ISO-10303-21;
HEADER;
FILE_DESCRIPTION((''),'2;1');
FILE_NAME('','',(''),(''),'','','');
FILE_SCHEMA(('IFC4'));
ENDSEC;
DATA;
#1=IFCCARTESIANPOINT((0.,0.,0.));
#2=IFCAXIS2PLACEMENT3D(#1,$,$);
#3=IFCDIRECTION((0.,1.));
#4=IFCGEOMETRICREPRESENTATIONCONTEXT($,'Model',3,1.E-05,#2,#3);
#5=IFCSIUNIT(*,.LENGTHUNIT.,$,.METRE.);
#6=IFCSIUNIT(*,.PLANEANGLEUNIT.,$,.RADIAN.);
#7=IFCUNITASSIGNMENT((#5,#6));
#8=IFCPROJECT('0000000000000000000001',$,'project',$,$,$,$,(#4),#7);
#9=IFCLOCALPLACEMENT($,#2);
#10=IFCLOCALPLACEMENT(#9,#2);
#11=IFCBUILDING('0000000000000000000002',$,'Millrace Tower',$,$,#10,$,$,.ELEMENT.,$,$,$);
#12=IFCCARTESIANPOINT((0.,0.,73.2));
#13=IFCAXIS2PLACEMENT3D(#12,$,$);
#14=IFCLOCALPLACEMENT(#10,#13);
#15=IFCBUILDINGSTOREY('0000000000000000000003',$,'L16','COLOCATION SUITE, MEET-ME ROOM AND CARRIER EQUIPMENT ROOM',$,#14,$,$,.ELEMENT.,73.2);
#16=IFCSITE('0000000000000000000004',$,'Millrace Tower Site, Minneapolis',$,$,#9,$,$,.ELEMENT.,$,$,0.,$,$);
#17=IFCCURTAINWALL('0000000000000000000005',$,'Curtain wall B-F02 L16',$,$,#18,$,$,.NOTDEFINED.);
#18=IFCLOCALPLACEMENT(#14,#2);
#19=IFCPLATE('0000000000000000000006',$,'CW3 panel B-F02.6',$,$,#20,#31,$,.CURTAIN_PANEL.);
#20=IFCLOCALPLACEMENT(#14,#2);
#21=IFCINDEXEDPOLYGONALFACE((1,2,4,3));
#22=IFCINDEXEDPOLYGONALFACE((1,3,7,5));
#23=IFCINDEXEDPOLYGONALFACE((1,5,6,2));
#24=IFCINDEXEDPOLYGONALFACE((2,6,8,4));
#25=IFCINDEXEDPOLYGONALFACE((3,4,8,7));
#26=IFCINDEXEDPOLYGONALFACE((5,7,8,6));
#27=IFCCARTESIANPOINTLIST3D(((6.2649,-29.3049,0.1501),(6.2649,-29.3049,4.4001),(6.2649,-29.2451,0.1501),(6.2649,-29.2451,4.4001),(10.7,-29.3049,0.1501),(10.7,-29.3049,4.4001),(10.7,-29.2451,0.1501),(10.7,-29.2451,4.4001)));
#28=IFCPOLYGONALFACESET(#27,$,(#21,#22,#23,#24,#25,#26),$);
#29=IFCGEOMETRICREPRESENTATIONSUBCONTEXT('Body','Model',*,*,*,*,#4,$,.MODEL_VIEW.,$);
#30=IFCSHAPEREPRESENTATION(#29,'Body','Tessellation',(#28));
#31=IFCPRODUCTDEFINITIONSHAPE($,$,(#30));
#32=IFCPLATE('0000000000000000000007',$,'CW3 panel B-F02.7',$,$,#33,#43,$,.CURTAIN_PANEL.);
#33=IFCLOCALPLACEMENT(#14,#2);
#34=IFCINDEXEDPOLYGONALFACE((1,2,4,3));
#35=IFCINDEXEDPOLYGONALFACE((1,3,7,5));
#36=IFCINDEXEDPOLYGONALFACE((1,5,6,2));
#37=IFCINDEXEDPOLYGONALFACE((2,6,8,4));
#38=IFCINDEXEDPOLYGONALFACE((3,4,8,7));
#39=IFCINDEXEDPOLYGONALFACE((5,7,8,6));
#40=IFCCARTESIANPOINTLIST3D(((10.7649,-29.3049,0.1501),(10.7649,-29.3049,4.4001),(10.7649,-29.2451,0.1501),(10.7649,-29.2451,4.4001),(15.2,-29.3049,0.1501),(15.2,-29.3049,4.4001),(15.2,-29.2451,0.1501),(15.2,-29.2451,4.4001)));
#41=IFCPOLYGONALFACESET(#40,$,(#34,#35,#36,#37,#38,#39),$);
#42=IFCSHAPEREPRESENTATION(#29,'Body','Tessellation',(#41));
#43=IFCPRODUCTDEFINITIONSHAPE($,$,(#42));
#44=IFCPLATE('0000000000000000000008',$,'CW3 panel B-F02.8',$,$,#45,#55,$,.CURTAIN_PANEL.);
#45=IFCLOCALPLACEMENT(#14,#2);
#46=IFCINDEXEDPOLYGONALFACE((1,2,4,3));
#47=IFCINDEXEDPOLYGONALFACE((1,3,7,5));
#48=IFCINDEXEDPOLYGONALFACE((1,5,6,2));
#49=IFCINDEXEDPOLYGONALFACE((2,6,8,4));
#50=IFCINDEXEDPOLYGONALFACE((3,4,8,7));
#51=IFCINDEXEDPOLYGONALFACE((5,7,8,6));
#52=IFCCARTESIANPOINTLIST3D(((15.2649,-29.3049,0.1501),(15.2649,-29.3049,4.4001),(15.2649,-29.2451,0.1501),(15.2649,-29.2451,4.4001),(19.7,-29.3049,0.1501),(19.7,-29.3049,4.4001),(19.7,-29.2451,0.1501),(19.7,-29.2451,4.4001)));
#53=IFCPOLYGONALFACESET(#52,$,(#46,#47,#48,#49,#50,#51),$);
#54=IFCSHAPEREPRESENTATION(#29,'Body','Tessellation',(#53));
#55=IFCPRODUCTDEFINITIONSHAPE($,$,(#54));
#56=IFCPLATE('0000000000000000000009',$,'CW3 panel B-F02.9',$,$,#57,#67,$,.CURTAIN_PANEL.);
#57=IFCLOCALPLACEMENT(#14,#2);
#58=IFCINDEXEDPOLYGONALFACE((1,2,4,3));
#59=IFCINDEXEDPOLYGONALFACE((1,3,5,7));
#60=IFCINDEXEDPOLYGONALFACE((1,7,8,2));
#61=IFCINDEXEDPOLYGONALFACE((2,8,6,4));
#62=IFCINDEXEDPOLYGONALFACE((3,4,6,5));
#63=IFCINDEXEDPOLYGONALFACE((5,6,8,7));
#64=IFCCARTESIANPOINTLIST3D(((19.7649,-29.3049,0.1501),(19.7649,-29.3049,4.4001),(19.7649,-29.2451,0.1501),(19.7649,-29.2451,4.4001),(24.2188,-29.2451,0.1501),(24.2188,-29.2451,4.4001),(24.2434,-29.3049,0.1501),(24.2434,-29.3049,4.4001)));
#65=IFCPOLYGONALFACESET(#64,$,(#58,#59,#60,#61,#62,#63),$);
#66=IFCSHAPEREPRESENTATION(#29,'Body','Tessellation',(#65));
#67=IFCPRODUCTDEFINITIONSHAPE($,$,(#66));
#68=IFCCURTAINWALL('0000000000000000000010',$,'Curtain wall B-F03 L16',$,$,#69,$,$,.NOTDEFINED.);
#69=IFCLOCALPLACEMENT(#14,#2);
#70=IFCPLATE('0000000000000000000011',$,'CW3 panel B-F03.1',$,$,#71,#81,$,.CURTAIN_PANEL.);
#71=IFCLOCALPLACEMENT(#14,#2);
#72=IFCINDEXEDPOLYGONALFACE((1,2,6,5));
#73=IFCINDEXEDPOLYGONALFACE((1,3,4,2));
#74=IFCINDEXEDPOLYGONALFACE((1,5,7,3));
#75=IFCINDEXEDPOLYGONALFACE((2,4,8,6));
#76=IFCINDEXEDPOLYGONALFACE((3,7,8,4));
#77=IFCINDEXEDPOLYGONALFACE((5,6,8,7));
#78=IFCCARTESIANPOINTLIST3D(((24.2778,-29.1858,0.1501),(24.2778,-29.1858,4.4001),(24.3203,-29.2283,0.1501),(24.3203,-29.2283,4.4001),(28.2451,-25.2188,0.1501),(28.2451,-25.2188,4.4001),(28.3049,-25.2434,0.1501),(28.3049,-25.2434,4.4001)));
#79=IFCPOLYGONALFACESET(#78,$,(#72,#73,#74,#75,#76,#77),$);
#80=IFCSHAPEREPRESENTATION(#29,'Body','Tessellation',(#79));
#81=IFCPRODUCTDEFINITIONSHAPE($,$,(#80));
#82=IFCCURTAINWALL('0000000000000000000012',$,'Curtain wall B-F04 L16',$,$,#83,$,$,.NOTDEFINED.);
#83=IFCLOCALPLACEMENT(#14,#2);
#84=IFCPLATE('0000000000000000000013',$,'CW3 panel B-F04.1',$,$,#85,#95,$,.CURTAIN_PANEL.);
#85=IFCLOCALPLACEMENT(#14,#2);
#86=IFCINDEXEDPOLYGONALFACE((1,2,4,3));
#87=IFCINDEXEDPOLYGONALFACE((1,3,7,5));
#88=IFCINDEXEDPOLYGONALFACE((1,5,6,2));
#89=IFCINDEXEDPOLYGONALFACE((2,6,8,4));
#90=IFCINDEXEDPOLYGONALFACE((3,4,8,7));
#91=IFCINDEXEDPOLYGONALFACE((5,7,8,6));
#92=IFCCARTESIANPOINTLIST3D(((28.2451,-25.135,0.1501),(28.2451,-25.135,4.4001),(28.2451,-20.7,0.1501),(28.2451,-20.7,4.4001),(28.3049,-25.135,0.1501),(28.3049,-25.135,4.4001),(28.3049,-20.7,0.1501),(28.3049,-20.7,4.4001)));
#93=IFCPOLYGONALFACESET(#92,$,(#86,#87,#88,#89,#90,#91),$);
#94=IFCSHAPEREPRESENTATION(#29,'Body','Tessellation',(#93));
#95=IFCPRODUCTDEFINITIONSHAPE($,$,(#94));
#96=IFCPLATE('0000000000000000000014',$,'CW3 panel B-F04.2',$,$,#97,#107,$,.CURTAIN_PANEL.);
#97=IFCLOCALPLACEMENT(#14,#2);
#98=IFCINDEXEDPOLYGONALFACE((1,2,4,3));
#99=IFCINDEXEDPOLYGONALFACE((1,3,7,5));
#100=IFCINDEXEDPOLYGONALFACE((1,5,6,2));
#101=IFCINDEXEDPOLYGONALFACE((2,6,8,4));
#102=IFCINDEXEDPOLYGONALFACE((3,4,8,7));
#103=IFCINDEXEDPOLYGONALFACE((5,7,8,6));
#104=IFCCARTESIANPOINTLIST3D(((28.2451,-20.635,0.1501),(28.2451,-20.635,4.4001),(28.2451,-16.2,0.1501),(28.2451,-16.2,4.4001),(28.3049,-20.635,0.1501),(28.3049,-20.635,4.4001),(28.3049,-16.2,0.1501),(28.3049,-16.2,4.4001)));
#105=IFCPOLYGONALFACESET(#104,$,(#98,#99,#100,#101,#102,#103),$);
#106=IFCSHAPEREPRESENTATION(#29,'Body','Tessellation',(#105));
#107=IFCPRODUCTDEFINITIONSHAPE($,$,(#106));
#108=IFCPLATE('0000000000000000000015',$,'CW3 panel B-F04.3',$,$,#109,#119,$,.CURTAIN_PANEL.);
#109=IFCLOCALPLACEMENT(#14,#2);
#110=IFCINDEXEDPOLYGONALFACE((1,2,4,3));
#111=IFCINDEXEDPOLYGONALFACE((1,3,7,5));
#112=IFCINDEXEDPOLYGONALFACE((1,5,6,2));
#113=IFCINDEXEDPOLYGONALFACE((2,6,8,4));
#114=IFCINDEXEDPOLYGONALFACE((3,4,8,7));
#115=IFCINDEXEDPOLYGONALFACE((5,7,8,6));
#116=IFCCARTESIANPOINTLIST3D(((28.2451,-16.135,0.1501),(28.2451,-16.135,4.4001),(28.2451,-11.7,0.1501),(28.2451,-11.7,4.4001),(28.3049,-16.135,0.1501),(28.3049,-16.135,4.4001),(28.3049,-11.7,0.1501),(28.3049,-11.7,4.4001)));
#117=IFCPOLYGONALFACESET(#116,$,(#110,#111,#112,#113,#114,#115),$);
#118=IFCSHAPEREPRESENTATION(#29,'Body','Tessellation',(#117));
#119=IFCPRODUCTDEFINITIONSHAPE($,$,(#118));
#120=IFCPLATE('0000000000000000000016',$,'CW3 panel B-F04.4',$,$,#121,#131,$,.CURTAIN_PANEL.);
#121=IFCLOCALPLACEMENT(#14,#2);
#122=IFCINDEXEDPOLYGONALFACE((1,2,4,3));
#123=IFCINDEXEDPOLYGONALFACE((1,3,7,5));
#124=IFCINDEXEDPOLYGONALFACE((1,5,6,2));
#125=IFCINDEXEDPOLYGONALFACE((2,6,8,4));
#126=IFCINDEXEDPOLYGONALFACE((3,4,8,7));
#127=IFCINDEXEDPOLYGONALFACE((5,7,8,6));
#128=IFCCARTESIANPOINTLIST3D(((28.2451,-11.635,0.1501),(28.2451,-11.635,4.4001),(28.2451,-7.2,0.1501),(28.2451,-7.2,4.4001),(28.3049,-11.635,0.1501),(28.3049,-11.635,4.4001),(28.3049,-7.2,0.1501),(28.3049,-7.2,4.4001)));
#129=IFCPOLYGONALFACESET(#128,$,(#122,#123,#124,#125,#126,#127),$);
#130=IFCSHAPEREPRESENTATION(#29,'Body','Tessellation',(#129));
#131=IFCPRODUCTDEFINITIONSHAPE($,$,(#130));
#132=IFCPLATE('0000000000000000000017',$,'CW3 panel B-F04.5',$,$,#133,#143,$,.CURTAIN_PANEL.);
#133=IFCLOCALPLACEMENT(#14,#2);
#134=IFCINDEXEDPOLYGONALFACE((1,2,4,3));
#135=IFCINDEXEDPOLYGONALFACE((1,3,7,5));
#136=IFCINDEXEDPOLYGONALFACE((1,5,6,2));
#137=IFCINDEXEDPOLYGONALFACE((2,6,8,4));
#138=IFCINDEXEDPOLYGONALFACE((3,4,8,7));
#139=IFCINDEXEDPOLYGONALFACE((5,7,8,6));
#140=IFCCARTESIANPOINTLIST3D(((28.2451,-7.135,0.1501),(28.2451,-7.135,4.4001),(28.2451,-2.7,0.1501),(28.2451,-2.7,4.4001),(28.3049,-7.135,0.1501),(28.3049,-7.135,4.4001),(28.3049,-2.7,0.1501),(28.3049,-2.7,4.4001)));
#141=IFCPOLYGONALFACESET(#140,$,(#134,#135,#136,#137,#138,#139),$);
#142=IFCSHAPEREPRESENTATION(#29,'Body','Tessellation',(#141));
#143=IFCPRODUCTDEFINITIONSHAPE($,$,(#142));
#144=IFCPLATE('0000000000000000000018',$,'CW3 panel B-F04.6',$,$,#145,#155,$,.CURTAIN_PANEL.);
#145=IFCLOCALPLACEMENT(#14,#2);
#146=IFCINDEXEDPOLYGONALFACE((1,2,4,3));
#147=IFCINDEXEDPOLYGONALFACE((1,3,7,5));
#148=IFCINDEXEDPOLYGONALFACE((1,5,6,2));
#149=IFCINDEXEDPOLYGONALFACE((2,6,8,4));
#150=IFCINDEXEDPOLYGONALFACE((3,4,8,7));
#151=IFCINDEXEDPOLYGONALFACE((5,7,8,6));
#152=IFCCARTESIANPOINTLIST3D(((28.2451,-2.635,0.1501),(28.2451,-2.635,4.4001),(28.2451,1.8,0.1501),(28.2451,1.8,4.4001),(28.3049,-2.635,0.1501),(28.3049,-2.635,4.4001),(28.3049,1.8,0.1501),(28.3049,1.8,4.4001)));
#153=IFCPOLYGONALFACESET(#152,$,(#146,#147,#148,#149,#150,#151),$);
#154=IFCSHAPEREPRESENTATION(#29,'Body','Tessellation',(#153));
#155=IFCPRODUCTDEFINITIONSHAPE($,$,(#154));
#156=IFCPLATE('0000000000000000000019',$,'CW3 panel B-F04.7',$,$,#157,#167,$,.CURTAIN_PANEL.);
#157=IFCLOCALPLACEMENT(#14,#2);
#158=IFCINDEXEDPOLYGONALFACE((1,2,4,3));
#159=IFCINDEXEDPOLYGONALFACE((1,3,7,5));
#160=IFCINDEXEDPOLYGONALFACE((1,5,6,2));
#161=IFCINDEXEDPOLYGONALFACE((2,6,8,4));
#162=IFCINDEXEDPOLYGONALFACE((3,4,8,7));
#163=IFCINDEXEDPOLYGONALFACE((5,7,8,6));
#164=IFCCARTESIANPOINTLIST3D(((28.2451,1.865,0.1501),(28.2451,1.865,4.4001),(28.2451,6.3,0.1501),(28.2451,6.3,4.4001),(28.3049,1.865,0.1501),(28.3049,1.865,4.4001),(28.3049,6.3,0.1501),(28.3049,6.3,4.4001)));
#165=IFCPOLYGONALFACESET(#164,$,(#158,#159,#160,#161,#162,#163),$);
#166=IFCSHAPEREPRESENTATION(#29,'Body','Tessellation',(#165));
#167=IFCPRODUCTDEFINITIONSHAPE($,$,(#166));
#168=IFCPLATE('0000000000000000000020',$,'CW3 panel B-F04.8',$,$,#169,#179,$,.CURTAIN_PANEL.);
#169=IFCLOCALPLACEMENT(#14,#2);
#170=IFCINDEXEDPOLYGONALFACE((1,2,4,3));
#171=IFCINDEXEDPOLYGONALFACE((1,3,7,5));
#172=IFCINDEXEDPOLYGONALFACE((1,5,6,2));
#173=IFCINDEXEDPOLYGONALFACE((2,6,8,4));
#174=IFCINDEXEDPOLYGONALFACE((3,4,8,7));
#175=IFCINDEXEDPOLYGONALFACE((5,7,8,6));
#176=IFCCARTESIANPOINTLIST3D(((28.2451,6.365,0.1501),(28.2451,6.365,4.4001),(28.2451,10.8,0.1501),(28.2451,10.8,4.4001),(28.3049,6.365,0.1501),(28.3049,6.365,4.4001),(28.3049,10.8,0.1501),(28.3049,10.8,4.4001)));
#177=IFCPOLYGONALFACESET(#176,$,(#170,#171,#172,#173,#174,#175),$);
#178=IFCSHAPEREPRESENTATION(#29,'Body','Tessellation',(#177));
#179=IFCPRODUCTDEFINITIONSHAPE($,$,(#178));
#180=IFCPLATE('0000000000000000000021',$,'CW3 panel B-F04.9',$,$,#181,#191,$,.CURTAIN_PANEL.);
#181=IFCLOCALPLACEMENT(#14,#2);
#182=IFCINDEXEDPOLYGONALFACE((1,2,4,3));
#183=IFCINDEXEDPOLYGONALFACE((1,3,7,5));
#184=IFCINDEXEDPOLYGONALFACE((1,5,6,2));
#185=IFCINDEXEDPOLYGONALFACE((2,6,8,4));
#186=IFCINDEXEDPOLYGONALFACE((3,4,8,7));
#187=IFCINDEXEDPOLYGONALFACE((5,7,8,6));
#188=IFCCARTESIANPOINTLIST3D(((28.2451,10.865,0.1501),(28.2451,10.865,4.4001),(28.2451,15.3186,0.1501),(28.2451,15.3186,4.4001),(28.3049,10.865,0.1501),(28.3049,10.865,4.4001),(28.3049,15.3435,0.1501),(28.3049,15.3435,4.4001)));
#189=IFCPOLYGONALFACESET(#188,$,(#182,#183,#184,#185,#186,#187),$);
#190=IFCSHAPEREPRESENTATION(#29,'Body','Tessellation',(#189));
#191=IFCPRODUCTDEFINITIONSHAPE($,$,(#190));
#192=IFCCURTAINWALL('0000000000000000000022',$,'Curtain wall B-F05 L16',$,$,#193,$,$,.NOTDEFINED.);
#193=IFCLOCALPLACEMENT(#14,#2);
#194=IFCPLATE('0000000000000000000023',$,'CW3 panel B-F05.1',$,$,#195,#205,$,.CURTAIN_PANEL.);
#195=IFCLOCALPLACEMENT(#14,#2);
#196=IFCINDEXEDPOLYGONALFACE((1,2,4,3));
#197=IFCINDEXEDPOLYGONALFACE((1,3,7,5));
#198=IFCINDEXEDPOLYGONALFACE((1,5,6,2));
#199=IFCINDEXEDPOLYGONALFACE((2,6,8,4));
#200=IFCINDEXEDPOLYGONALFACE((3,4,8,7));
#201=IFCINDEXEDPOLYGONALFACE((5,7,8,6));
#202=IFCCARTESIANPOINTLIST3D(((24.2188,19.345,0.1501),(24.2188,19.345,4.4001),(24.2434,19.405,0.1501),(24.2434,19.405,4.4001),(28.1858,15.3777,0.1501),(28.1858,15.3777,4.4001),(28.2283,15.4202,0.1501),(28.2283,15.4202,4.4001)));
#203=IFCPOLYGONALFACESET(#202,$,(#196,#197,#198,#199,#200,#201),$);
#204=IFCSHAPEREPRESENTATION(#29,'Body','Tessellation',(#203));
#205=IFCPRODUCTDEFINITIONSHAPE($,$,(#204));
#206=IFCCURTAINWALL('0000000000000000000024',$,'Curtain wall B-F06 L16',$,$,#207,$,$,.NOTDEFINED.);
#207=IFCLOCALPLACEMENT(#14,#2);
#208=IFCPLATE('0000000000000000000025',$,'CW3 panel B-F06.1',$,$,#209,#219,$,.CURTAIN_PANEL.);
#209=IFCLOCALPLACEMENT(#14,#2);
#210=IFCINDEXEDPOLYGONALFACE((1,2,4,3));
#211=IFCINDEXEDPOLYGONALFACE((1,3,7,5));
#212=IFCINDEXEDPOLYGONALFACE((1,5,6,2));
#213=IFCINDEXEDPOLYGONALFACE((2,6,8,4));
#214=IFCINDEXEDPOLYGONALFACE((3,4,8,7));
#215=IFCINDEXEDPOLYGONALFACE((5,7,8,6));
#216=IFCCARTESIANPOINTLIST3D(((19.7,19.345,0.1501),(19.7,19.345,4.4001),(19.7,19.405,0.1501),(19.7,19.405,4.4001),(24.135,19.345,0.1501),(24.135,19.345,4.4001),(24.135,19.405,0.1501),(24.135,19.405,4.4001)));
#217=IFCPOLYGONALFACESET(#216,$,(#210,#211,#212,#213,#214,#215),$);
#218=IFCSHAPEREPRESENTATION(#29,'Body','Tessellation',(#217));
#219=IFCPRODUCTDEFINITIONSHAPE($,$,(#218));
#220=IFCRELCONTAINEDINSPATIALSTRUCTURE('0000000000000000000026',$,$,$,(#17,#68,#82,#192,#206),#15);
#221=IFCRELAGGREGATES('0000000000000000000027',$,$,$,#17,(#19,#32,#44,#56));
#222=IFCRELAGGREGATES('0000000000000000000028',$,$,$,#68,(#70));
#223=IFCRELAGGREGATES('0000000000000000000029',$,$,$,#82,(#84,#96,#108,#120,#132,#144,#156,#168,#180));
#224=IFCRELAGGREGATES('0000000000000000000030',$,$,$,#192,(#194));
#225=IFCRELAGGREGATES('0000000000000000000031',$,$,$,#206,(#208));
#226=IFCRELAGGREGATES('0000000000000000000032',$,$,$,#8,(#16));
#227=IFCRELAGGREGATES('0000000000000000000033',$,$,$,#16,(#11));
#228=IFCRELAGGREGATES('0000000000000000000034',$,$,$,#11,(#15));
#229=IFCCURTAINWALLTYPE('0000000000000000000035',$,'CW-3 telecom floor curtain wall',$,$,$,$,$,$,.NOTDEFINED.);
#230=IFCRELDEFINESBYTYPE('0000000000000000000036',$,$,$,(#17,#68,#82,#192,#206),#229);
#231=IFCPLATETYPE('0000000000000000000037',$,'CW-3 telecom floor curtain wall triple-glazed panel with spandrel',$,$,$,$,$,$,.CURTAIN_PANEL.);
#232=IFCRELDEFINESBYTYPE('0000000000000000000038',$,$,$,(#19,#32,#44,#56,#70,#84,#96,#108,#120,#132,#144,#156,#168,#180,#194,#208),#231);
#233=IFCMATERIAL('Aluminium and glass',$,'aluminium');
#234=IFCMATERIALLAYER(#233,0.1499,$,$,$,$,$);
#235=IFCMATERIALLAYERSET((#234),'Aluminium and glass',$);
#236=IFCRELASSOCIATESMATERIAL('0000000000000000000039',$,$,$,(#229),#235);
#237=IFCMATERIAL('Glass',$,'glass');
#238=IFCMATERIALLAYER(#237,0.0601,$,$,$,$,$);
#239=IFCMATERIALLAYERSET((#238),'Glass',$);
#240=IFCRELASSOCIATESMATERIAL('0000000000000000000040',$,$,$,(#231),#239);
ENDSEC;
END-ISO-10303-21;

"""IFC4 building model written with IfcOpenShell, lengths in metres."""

from ifc_helpers import new_model, si_unit, direction, frame, origin, place, context, subcontext, project, spatial, polyline, outline, extrude, material, layer, layer_set, type_object, element, aggregate, save


model = new_model("IFC4")

# Units and contexts
model_context = context("Model", 3, precision=1e-05, world=origin(), true_north=direction((0.0, 1.0)))
body_context = subcontext(model_context, "Body", "Model", "MODEL_VIEW")
ifc_project = project(units=[si_unit("LENGTHUNIT", "METRE"), si_unit("PLANEANGLEUNIT", "RADIAN")], contexts=[model_context])

# Site, building, storey
site_placement = place(None, origin())
site = spatial("IfcSite", under=ifc_project, at=site_placement, Name="Millrace Tower Site, Minneapolis", CompositionType="ELEMENT", RefElevation=0.0)
building_placement = place(site_placement, origin())
building = spatial("IfcBuilding", under=site, at=building_placement, Name="Millrace Tower", CompositionType="ELEMENT")
storey_placement = place(building_placement, frame((0.0, 0.0, 73.2)))
storey = spatial("IfcBuildingStorey", under=building, at=storey_placement, Name="L16", Description="COLOCATION SUITE, MEET-ME ROOM AND CARRIER EQUIPMENT ROOM", CompositionType="ELEMENT", Elevation=73.2)

# Curtain wall, plates
ifc_material_1 = material(Name="Aluminium and glass", Category="aluminium")
ifc_layer_1 = layer(ifc_material_1, 0.1499)
ifc_layer_set_1 = layer_set([ifc_layer_1], Name="Aluminium and glass")
curtain_wall_type = type_object("IfcCurtainWallType", Name="CW-3 telecom floor curtain wall", PredefinedType="NOTDEFINED", material=ifc_layer_set_1)
placement_1 = place(storey_placement, origin())
curtain_wall_1 = element("IfcCurtainWall", 1, at=placement_1, inside=storey, type_object=curtain_wall_type, Name="Curtain wall B-F02 L16", PredefinedType="NOTDEFINED")
ifc_material_2 = material(Name="Glass", Category="glass")
ifc_layer_2 = layer(ifc_material_2, 0.0601)
ifc_layer_set_2 = layer_set([ifc_layer_2], Name="Glass")
plate_type = type_object("IfcPlateType", Name="CW-3 telecom floor curtain wall triple-glazed panel with spandrel", PredefinedType="CURTAIN_PANEL", material=ifc_layer_set_2)
placement_2 = place(storey_placement, frame((0.0, 0.0, 0.1501)))
plate_1 = element("IfcPlate", 2, at=placement_2, type_object=plate_type, Name="CW3 panel B-F02.6", PredefinedType="CURTAIN_PANEL", context=body_context, shape_type="SweptSolid", body=[
    extrude(outline(polyline([(6.2649, -29.3049), (10.7, -29.3049), (10.7, -29.2451), (6.2649, -29.2451), (6.2649, -29.3049)])), origin(), (0.0, 0.0, 1.0), 4.25),
])
plate_2 = element("IfcPlate", 3, at=placement_2, type_object=plate_type, Name="CW3 panel B-F02.7", PredefinedType="CURTAIN_PANEL", context=body_context, shape_type="SweptSolid", body=[
    extrude(outline(polyline([(10.7649, -29.3049), (15.2, -29.3049), (15.2, -29.2451), (10.7649, -29.2451), (10.7649, -29.3049)])), origin(), (0.0, 0.0, 1.0), 4.25),
])
plate_3 = element("IfcPlate", 4, at=placement_2, type_object=plate_type, Name="CW3 panel B-F02.8", PredefinedType="CURTAIN_PANEL", context=body_context, shape_type="SweptSolid", body=[
    extrude(outline(polyline([(15.2649, -29.3049), (19.7, -29.3049), (19.7, -29.2451), (15.2649, -29.2451), (15.2649, -29.3049)])), origin(), (0.0, 0.0, 1.0), 4.25),
])
plate_4 = element("IfcPlate", 5, at=placement_2, type_object=plate_type, Name="CW3 panel B-F02.9", PredefinedType="CURTAIN_PANEL", context=body_context, shape_type="SweptSolid", body=[
    extrude(outline(polyline([(19.7649, -29.3049), (24.2434, -29.3049), (24.2188, -29.2451), (19.7649, -29.2451), (19.7649, -29.3049)])), origin(), (0.0, 0.0, 1.0), 4.25),
])
aggregate(curtain_wall_1, [plate_1, plate_2, plate_3, plate_4])

# Curtain wall, plate
curtain_wall_2 = element("IfcCurtainWall", 6, at=placement_1, inside=storey, type_object=curtain_wall_type, Name="Curtain wall B-F03 L16", PredefinedType="NOTDEFINED")
plate_5 = element("IfcPlate", 7, at=placement_2, type_object=plate_type, Name="CW3 panel B-F03.1", PredefinedType="CURTAIN_PANEL", context=body_context, shape_type="SweptSolid", body=[
    extrude(outline(polyline([(24.3203, -29.2283), (28.3049, -25.2434), (28.2451, -25.2188), (24.2778, -29.1858), (24.3203, -29.2283)])), origin(), (0.0, 0.0, 1.0), 4.25),
])
aggregate(curtain_wall_2, [plate_5])

# Curtain wall, plates
curtain_wall_3 = element("IfcCurtainWall", 8, at=placement_1, inside=storey, type_object=curtain_wall_type, Name="Curtain wall B-F04 L16", PredefinedType="NOTDEFINED")
plate_6 = element("IfcPlate", 9, at=placement_2, type_object=plate_type, Name="CW3 panel B-F04.1", PredefinedType="CURTAIN_PANEL", context=body_context, shape_type="SweptSolid", body=[
    extrude(outline(polyline([(28.3049, -25.135), (28.3049, -20.7), (28.2451, -20.7), (28.2451, -25.135), (28.3049, -25.135)])), origin(), (0.0, 0.0, 1.0), 4.25),
])
plate_7 = element("IfcPlate", 10, at=placement_2, type_object=plate_type, Name="CW3 panel B-F04.2", PredefinedType="CURTAIN_PANEL", context=body_context, shape_type="SweptSolid", body=[
    extrude(outline(polyline([(28.3049, -20.635), (28.3049, -16.2), (28.2451, -16.2), (28.2451, -20.635), (28.3049, -20.635)])), origin(), (0.0, 0.0, 1.0), 4.25),
])
plate_8 = element("IfcPlate", 11, at=placement_2, type_object=plate_type, Name="CW3 panel B-F04.3", PredefinedType="CURTAIN_PANEL", context=body_context, shape_type="SweptSolid", body=[
    extrude(outline(polyline([(28.3049, -16.135), (28.3049, -11.7), (28.2451, -11.7), (28.2451, -16.135), (28.3049, -16.135)])), origin(), (0.0, 0.0, 1.0), 4.25),
])
plate_9 = element("IfcPlate", 12, at=placement_2, type_object=plate_type, Name="CW3 panel B-F04.4", PredefinedType="CURTAIN_PANEL", context=body_context, shape_type="SweptSolid", body=[
    extrude(outline(polyline([(28.3049, -11.635), (28.3049, -7.2), (28.2451, -7.2), (28.2451, -11.635), (28.3049, -11.635)])), origin(), (0.0, 0.0, 1.0), 4.25),
])
plate_10 = element("IfcPlate", 13, at=placement_2, type_object=plate_type, Name="CW3 panel B-F04.5", PredefinedType="CURTAIN_PANEL", context=body_context, shape_type="SweptSolid", body=[
    extrude(outline(polyline([(28.3049, -7.135), (28.3049, -2.7), (28.2451, -2.7), (28.2451, -7.135), (28.3049, -7.135)])), origin(), (0.0, 0.0, 1.0), 4.25),
])
plate_11 = element("IfcPlate", 14, at=placement_2, type_object=plate_type, Name="CW3 panel B-F04.6", PredefinedType="CURTAIN_PANEL", context=body_context, shape_type="SweptSolid", body=[
    extrude(outline(polyline([(28.3049, -2.635), (28.3049, 1.8), (28.2451, 1.8), (28.2451, -2.635), (28.3049, -2.635)])), origin(), (0.0, 0.0, 1.0), 4.25),
])
plate_12 = element("IfcPlate", 15, at=placement_2, type_object=plate_type, Name="CW3 panel B-F04.7", PredefinedType="CURTAIN_PANEL", context=body_context, shape_type="SweptSolid", body=[
    extrude(outline(polyline([(28.3049, 1.865), (28.3049, 6.3), (28.2451, 6.3), (28.2451, 1.865), (28.3049, 1.865)])), origin(), (0.0, 0.0, 1.0), 4.25),
])
plate_13 = element("IfcPlate", 16, at=placement_2, type_object=plate_type, Name="CW3 panel B-F04.8", PredefinedType="CURTAIN_PANEL", context=body_context, shape_type="SweptSolid", body=[
    extrude(outline(polyline([(28.3049, 6.365), (28.3049, 10.8), (28.2451, 10.8), (28.2451, 6.365), (28.3049, 6.365)])), origin(), (0.0, 0.0, 1.0), 4.25),
])
plate_14 = element("IfcPlate", 17, at=placement_2, type_object=plate_type, Name="CW3 panel B-F04.9", PredefinedType="CURTAIN_PANEL", context=body_context, shape_type="SweptSolid", body=[
    extrude(outline(polyline([(28.3049, 10.865), (28.3049, 15.3435), (28.2451, 15.3186), (28.2451, 10.865), (28.3049, 10.865)])), origin(), (0.0, 0.0, 1.0), 4.25),
])
aggregate(curtain_wall_3, [plate_6, plate_7, plate_8, plate_9, plate_10, plate_11, plate_12, plate_13, plate_14])

# Curtain wall, plate
curtain_wall_4 = element("IfcCurtainWall", 18, at=placement_1, inside=storey, type_object=curtain_wall_type, Name="Curtain wall B-F05 L16", PredefinedType="NOTDEFINED")
plate_15 = element("IfcPlate", 19, at=placement_2, type_object=plate_type, Name="CW3 panel B-F05.1", PredefinedType="CURTAIN_PANEL", context=body_context, shape_type="SweptSolid", body=[
    extrude(outline(polyline([(28.2283, 15.4202), (24.2434, 19.405), (24.2188, 19.345), (28.1858, 15.3777), (28.2283, 15.4202)])), origin(), (0.0, 0.0, 1.0), 4.25),
])
aggregate(curtain_wall_4, [plate_15])

# Curtain wall, plate
curtain_wall_5 = element("IfcCurtainWall", 20, at=placement_1, inside=storey, type_object=curtain_wall_type, Name="Curtain wall B-F06 L16", PredefinedType="NOTDEFINED")
plate_16 = element("IfcPlate", 21, at=placement_2, type_object=plate_type, Name="CW3 panel B-F06.1", PredefinedType="CURTAIN_PANEL", context=body_context, shape_type="SweptSolid", body=[
    extrude(outline(polyline([(24.135, 19.405), (19.7, 19.405), (19.7, 19.345), (24.135, 19.345), (24.135, 19.405)])), origin(), (0.0, 0.0, 1.0), 4.25),
])
aggregate(curtain_wall_5, [plate_16])

save(model, "model.ifc")
